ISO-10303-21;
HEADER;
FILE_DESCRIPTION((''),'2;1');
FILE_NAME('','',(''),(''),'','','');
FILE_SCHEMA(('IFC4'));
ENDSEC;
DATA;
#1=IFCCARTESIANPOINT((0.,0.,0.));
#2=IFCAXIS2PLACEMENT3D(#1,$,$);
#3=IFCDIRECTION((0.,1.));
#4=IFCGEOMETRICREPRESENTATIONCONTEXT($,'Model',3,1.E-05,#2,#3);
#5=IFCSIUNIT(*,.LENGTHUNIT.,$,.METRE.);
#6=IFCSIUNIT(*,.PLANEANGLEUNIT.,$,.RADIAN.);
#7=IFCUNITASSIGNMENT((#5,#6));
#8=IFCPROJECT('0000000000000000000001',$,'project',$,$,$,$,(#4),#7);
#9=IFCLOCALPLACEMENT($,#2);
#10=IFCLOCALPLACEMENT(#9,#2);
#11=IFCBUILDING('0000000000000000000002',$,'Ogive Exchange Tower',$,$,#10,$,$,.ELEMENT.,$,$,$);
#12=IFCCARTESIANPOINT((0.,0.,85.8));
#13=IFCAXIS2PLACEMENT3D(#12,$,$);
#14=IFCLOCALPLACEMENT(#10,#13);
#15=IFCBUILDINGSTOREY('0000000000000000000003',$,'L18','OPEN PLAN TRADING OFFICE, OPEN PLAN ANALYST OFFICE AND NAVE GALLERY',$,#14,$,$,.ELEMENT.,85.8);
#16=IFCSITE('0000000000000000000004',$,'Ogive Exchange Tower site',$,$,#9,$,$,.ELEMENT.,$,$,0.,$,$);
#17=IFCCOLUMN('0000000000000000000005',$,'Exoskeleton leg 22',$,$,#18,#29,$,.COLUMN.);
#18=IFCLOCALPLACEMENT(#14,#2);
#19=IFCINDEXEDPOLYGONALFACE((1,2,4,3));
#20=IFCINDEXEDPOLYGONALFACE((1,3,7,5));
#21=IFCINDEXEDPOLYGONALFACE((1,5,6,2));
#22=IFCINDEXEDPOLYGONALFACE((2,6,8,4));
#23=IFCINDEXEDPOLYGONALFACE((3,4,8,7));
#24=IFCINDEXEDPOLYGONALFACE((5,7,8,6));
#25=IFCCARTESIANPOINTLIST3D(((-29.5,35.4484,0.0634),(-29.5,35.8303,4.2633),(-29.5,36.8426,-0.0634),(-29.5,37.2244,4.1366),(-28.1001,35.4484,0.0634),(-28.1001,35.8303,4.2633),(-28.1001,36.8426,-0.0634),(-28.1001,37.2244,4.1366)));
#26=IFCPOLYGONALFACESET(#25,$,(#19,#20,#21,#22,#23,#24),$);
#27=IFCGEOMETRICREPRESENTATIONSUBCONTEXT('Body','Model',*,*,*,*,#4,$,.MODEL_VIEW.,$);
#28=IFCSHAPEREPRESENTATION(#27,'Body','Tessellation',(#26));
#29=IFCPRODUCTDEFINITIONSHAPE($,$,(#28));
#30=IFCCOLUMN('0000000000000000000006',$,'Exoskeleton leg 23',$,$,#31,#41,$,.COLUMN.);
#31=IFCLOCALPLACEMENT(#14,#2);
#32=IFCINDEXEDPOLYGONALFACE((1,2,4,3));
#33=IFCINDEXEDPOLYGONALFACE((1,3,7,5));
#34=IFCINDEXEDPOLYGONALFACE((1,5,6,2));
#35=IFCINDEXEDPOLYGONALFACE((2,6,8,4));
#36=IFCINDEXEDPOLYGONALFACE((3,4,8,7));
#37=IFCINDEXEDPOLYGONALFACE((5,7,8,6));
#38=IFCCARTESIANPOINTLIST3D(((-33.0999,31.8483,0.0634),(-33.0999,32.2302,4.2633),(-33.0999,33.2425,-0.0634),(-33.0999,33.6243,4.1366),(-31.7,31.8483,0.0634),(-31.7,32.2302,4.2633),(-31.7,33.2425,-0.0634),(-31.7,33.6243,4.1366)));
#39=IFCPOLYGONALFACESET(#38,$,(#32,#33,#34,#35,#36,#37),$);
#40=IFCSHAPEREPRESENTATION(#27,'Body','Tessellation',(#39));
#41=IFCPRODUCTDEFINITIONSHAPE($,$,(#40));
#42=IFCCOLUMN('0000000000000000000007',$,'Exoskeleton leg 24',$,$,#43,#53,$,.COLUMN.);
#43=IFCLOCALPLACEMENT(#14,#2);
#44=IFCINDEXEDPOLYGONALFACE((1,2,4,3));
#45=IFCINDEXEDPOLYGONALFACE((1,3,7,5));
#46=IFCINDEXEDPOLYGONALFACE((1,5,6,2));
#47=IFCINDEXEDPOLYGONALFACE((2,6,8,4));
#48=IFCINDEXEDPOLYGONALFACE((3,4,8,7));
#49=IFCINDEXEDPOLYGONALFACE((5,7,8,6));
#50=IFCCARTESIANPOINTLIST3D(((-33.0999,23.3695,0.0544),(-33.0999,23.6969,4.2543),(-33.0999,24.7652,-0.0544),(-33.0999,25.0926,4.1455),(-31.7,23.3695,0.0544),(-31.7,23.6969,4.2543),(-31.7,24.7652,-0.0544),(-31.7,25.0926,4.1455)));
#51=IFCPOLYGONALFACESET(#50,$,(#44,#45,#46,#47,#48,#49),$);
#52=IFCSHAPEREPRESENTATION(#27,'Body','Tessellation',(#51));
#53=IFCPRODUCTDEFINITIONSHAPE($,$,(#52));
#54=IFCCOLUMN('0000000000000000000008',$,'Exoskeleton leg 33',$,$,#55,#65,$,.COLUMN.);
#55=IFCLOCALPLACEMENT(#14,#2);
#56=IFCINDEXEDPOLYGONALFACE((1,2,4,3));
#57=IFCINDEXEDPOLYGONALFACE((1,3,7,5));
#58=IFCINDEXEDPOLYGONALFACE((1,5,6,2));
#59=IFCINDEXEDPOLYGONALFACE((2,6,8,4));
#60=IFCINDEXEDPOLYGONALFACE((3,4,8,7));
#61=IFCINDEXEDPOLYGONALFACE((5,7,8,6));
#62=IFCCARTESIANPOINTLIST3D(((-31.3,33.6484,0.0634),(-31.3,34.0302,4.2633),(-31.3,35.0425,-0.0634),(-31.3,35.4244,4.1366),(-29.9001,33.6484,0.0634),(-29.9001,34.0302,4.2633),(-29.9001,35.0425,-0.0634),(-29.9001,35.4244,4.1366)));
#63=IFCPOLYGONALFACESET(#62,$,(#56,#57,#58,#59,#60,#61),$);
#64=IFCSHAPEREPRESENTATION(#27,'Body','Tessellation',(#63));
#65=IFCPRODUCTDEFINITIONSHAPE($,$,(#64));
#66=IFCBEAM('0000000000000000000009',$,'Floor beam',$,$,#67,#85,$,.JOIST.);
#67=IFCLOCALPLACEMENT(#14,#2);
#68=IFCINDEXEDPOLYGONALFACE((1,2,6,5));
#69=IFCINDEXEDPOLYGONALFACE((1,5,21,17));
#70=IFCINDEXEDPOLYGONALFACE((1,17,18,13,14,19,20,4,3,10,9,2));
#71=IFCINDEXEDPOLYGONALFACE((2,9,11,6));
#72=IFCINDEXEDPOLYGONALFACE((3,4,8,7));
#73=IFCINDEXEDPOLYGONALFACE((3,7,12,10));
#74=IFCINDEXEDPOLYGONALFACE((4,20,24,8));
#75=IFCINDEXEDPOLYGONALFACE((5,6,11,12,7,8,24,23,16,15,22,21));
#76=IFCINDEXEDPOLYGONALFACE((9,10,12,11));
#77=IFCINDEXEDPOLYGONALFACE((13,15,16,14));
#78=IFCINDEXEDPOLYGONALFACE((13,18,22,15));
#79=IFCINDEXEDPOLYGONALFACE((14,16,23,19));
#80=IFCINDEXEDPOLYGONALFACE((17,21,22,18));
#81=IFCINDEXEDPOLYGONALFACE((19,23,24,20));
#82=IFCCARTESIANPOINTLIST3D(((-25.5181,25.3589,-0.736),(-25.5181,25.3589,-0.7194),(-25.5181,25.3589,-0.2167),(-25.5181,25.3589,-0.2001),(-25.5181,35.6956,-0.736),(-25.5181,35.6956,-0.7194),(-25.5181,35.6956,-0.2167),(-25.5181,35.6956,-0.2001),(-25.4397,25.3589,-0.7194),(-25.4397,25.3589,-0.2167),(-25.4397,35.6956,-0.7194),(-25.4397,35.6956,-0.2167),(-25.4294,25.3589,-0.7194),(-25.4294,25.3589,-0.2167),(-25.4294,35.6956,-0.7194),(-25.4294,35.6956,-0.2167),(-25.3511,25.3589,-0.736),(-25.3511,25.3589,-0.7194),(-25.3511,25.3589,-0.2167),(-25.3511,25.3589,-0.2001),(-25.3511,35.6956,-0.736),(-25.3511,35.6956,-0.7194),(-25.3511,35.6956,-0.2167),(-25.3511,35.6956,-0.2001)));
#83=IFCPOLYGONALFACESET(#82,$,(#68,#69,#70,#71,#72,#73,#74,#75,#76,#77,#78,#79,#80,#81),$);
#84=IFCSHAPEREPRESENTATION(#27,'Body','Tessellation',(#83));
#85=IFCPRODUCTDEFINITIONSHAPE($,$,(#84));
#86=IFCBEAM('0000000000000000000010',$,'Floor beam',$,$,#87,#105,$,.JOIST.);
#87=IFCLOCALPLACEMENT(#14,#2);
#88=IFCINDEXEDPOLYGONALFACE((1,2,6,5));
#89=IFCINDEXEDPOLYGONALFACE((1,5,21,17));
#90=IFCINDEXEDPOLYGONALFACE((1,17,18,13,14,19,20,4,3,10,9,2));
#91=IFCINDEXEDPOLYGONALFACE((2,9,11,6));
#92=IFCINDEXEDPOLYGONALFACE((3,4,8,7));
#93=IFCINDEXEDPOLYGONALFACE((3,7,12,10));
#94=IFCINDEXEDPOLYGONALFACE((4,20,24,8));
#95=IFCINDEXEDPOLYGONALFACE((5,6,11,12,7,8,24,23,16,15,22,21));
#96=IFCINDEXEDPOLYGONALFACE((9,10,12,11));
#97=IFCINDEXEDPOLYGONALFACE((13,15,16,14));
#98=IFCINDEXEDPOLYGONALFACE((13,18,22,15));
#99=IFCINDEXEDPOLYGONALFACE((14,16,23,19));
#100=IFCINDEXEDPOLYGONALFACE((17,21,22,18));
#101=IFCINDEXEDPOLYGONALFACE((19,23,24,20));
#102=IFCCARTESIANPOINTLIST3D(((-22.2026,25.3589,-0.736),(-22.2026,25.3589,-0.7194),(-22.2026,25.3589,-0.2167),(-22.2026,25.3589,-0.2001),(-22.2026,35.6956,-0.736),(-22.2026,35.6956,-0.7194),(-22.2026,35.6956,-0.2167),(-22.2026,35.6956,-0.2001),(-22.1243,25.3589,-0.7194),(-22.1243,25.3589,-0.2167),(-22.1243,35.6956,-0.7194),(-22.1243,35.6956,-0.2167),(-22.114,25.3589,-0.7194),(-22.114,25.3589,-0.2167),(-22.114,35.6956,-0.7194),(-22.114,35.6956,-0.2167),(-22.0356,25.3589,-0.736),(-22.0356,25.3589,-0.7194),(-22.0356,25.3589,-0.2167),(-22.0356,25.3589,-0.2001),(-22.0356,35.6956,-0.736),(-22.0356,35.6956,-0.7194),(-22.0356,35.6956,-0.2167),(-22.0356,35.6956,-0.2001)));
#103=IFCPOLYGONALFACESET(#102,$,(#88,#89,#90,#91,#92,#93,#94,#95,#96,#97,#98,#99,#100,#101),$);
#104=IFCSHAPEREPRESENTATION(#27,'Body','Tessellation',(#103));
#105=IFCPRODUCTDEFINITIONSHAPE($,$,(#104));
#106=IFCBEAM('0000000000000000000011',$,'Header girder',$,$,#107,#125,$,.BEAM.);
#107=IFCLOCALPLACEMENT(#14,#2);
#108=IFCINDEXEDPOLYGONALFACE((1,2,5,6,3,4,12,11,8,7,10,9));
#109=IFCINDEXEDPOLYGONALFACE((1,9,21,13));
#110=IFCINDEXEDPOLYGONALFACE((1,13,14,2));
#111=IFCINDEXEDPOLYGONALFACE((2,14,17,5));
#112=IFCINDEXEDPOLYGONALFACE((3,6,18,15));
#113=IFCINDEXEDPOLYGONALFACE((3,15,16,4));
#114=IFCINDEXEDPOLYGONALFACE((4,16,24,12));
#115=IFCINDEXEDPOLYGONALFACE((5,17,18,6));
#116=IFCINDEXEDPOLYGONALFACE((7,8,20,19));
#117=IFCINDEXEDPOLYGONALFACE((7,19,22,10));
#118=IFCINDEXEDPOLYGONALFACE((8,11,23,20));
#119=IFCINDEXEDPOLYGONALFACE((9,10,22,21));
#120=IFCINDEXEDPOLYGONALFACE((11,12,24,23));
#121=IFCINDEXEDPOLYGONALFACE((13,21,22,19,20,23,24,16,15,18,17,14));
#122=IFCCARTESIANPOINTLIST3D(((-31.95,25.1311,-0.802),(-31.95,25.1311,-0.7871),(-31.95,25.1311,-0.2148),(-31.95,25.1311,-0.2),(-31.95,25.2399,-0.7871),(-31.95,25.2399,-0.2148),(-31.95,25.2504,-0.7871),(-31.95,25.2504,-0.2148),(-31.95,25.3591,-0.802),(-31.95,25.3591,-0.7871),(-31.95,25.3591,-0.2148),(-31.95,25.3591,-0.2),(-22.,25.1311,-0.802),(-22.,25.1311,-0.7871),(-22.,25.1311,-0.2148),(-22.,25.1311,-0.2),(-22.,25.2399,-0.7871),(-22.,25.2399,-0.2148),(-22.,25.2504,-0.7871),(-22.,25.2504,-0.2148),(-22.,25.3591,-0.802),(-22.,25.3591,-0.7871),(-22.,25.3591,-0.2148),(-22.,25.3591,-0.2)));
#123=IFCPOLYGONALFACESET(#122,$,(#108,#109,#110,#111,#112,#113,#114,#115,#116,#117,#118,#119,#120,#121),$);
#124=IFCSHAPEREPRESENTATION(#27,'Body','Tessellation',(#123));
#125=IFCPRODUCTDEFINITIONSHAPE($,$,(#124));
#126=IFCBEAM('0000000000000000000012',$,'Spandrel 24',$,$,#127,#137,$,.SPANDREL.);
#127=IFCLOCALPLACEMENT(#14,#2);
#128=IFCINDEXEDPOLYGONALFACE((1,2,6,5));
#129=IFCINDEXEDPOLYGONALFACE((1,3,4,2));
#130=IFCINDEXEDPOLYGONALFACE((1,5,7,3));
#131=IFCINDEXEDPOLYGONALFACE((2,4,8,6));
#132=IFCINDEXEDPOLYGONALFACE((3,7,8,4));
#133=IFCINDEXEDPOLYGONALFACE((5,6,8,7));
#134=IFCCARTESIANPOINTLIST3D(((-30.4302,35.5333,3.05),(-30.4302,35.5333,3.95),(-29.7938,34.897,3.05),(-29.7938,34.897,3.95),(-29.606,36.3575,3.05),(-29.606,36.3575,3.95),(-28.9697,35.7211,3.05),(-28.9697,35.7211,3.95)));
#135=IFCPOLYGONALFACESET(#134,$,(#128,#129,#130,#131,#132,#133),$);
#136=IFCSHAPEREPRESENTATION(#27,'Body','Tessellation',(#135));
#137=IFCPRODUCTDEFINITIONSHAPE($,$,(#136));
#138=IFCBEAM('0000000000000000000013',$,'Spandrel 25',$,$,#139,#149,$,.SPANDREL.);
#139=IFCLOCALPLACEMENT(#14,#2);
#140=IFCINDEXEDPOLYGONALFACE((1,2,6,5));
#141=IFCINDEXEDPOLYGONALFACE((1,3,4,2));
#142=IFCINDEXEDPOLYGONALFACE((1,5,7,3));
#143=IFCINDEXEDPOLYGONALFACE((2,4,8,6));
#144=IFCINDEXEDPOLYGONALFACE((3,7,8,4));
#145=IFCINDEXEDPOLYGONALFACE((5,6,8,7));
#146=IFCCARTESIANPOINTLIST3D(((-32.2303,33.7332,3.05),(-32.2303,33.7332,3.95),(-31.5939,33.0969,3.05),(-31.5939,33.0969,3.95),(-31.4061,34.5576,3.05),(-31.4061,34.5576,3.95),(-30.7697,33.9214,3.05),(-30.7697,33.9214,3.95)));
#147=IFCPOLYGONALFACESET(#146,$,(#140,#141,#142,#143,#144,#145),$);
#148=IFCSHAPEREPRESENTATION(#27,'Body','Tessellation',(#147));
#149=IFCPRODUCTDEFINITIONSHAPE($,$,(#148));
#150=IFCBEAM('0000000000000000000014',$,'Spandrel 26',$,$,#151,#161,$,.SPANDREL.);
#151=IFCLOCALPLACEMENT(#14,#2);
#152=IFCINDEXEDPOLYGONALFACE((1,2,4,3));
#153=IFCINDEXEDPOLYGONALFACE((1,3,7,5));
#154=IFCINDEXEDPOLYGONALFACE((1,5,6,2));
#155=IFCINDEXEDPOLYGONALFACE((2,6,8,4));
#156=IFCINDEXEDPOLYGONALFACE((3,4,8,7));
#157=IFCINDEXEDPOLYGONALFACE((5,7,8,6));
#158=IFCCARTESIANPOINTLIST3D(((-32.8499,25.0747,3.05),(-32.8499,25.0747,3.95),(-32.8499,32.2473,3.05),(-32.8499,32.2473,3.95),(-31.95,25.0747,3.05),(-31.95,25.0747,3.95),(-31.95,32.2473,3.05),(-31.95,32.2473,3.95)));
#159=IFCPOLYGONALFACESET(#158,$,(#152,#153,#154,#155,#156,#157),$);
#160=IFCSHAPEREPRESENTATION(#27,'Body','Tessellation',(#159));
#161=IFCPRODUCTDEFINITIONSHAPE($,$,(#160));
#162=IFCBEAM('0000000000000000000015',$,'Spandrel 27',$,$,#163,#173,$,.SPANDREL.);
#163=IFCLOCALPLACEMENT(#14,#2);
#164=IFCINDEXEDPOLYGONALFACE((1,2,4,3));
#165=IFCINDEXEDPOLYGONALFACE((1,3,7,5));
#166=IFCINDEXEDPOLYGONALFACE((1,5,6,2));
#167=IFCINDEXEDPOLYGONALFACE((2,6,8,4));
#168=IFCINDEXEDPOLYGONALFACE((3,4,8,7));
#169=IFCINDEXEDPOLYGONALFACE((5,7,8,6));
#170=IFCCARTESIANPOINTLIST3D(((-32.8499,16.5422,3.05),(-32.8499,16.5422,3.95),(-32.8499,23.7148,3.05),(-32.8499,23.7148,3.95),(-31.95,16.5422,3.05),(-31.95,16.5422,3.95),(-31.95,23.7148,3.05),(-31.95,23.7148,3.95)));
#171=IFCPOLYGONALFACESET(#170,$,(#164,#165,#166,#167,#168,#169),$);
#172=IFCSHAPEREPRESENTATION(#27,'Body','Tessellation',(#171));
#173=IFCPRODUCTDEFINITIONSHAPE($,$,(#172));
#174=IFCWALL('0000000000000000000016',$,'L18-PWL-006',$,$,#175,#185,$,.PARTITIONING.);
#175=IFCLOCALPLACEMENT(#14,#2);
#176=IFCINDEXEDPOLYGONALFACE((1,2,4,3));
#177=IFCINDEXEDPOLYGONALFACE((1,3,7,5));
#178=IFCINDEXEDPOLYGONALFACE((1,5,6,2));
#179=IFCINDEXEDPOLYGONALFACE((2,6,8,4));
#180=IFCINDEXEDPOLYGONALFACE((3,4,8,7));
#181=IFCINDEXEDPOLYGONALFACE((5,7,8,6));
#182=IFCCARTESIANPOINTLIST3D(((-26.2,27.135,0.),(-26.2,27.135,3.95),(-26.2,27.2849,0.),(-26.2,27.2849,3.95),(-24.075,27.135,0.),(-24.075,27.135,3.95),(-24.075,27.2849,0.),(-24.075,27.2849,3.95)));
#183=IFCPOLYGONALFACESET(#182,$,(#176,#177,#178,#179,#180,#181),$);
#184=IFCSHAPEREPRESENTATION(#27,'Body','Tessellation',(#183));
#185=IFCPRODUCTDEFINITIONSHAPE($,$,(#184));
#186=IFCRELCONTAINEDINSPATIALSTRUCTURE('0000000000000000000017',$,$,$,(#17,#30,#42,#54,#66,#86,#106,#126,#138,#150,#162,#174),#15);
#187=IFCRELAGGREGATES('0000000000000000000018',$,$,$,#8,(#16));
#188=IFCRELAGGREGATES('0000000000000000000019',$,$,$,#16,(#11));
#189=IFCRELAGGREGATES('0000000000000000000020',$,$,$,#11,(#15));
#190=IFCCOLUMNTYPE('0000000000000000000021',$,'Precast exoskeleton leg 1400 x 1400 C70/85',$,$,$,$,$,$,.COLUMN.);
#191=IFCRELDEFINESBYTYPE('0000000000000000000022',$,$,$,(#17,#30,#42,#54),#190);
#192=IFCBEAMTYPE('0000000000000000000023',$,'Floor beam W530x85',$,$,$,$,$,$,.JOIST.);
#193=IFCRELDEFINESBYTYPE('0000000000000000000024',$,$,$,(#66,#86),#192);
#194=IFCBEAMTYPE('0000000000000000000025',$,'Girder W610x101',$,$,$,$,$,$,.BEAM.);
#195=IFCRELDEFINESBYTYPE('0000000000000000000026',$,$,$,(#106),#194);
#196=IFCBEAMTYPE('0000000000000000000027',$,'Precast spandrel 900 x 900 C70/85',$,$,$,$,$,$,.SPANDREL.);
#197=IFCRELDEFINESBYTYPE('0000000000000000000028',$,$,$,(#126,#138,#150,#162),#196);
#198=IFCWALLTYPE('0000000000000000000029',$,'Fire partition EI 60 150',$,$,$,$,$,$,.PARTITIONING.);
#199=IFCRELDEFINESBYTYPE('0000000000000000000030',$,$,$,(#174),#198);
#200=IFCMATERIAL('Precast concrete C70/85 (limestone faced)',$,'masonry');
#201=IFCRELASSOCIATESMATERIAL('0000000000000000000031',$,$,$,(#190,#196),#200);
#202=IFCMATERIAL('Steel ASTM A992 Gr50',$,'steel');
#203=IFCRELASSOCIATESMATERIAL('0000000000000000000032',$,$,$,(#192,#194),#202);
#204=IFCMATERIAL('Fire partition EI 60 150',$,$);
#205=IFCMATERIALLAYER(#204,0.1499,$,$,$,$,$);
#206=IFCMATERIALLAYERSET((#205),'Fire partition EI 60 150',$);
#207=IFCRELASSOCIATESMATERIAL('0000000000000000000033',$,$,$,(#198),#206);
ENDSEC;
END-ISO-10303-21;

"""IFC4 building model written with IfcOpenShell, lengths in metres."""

from ifc_helpers import new_model, si_unit, direction, frame, frame_2d, origin, origin_2d, place, context, subcontext, project, spatial, rectangle, i_section, extrude, material, layer, layer_set, material_profile, profile_set, type_object, element, save


model = new_model("IFC4")

# Units and contexts
model_context = context("Model", 3, precision=1e-05, world=origin(), true_north=direction((0.0, 1.0)))
body_context = subcontext(model_context, "Body", "Model", "MODEL_VIEW")
ifc_project = project(units=[si_unit("LENGTHUNIT", "METRE"), si_unit("PLANEANGLEUNIT", "RADIAN")], contexts=[model_context])

# Site, building, storey
site_placement = place(None, origin())
site = spatial("IfcSite", under=ifc_project, at=site_placement, Name="Ogive Exchange Tower site", CompositionType="ELEMENT", RefElevation=0.0)
building_placement = place(site_placement, origin())
building = spatial("IfcBuilding", under=site, at=building_placement, Name="Ogive Exchange Tower", CompositionType="ELEMENT")
storey_placement = place(building_placement, frame((0.0, 0.0, 85.8)))
storey = spatial("IfcBuildingStorey", under=building, at=storey_placement, Name="L18", Description="OPEN PLAN TRADING OFFICE, OPEN PLAN ANALYST OFFICE AND NAVE GALLERY", CompositionType="ELEMENT", Elevation=85.8)

# Columns
ifc_material_1 = material(Name="Precast concrete C70/85 (limestone faced)", Category="masonry")
ifc_material_profile_1 = material_profile(ifc_material_1, rectangle(XDim=1.3999, YDim=1.3999, at=origin_2d()), Name="1400 x 1400")
ifc_profile_set_1 = profile_set([ifc_material_profile_1], Name="Precast concrete C70/85 (limestone faced)")
column_type = type_object("IfcColumnType", Name="Precast exoskeleton leg 1400 x 1400 C70/85", PredefinedType="COLUMN", material=ifc_profile_set_1)
for number, where, z_axis, x_axis, name in (
    (1, (-28.8, 36.1455, 0.0), (0.0, 0.090541, 0.995893), (-1.0, 0.0, 0.0), "Exoskeleton leg 22"),
    (2, (-32.3999, 32.5454, 0.0), (0.0, 0.090541, 0.995893), (-1.0, 0.0, 0.0), "Exoskeleton leg 23"),
):
    element("IfcColumn", number, at=place(storey_placement, frame(where, z_axis=z_axis, x_axis=x_axis)), inside=storey, type_object=column_type, Name=name, PredefinedType="COLUMN", context=body_context, shape_type="SweptSolid", body=[
        extrude(rectangle(XDim=1.3999, YDim=1.3999, at=origin_2d()), origin(), (0.0, 0.0, 1.0), 4.2173),
    ])
column_1_placement = place(storey_placement, frame((-32.3999, 24.0674, 0.0), z_axis=(0.0, 0.077716, 0.996976), x_axis=(-1.0, 0.0, 0.0)))
element("IfcColumn", 3, at=column_1_placement, inside=storey, type_object=column_type, Name="Exoskeleton leg 24", PredefinedType="COLUMN", context=body_context, shape_type="SweptSolid", body=[
    extrude(rectangle(XDim=1.3999, YDim=1.3999, at=origin_2d()), origin(), (0.0, 0.0, 1.0), 4.2126),
])
column_2_placement = place(storey_placement, frame((-30.6001, 34.3455, 0.0), z_axis=(0.0, 0.090541, 0.995893), x_axis=(-1.0, 0.0, 0.0)))
element("IfcColumn", 4, at=column_2_placement, inside=storey, type_object=column_type, Name="Exoskeleton leg 33", PredefinedType="COLUMN", context=body_context, shape_type="SweptSolid", body=[
    extrude(rectangle(XDim=1.3999, YDim=1.3999, at=origin_2d()), origin(), (0.0, 0.0, 1.0), 4.2173),
])

# Beams
ifc_material_2 = material(Name="Steel ASTM A992 Gr50", Category="steel")
ifc_material_profile_2 = material_profile(ifc_material_2, i_section(OverallWidth=0.167, OverallDepth=0.5359, WebThickness=0.0103, FlangeThickness=0.0166, at=origin_2d()), Name="W530x85")
ifc_profile_set_2 = profile_set([ifc_material_profile_2], Name="Steel ASTM A992 Gr50")
beam_type_1 = type_object("IfcBeamType", Name="Floor beam W530x85", PredefinedType="JOIST", material=ifc_profile_set_2)
for number, where, z_axis, x_axis, name in (
    (5, (-25.4346, 25.3589, -0.468), (0.0, 1.0, 0.0), (-1.0, 0.0, 0.0), "Floor beam"),
    (6, (-22.1191, 25.3589, -0.468), (0.0, 1.0, 0.0), (-1.0, 0.0, 0.0), "Floor beam"),
):
    element("IfcBeam", number, at=place(storey_placement, frame(where, z_axis=z_axis, x_axis=x_axis)), inside=storey, type_object=beam_type_1, Name=name, PredefinedType="JOIST", context=body_context, shape_type="SweptSolid", body=[
        extrude(i_section(OverallWidth=0.167, OverallDepth=0.5359, WebThickness=0.0103, FlangeThickness=0.0166, at=origin_2d()), origin(), (0.0, 0.0, 1.0), 10.3367),
    ])
ifc_material_profile_3 = material_profile(ifc_material_2, i_section(OverallWidth=0.228, OverallDepth=0.6021, WebThickness=0.0105, FlangeThickness=0.0149, at=origin_2d()), Name="W610x101")
ifc_profile_set_3 = profile_set([ifc_material_profile_3], Name="Steel ASTM A992 Gr50")
beam_type_2 = type_object("IfcBeamType", Name="Girder W610x101", PredefinedType="BEAM", material=ifc_profile_set_3)
beam_1_placement = place(storey_placement, frame((-31.95, 25.2451, -0.501), z_axis=(1.0, 0.0, 0.0), x_axis=(0.0, 1.0, 0.0)))
element("IfcBeam", 7, at=beam_1_placement, inside=storey, type_object=beam_type_2, Name="Header girder", PredefinedType="BEAM", context=body_context, shape_type="SweptSolid", body=[
    extrude(i_section(OverallWidth=0.228, OverallDepth=0.6021, WebThickness=0.0105, FlangeThickness=0.0149, at=origin_2d()), origin(), (0.0, 0.0, 1.0), 9.95),
])
ifc_material_profile_4 = material_profile(ifc_material_1, rectangle(XDim=0.8999, YDim=0.8999, at=origin_2d()), Name="900 x 900")
ifc_profile_set_4 = profile_set([ifc_material_profile_4], Name="Precast concrete C70/85 (limestone faced)")
beam_type_3 = type_object("IfcBeamType", Name="Precast spandrel 900 x 900 C70/85", PredefinedType="SPANDREL", material=ifc_profile_set_4)
beam_2_placement = place(storey_placement, frame((-29.2878, 36.0393, 3.5), z_axis=(-0.707107, -0.707107, 0.0), x_axis=(0.707107, -0.707107, 0.0)))
element("IfcBeam", 8, at=beam_2_placement, inside=storey, type_object=beam_type_3, Name="Spandrel 24", PredefinedType="SPANDREL", context=body_context, shape_type="SweptSolid", body=[
    extrude(rectangle(XDim=0.8999, YDim=0.8999, at=origin_2d()), origin(), (0.0, 0.0, 1.0), 1.1655),
])
beam_3_placement = place(storey_placement, frame((-31.0879, 34.2395, 3.5), z_axis=(-0.707002, -0.707211, 0.0), x_axis=(0.707211, -0.707002, 0.0)))
element("IfcBeam", 9, at=beam_3_placement, inside=storey, type_object=beam_type_3, Name="Spandrel 25", PredefinedType="SPANDREL", context=body_context, shape_type="SweptSolid", body=[
    extrude(rectangle(XDim=0.8999, YDim=0.8999, at=origin_2d()), origin(), (0.0, 0.0, 1.0), 1.1658),
])
for number, where, z_axis, x_axis, name in (
    (10, (-32.3999, 32.2473, 3.5), (0.0, -1.0, 0.0), (1.0, 0.0, 0.0), "Spandrel 26"),
    (11, (-32.3999, 23.7148, 3.5), (0.0, -1.0, 0.0), (1.0, 0.0, 0.0), "Spandrel 27"),
):
    element("IfcBeam", number, at=place(storey_placement, frame(where, z_axis=z_axis, x_axis=x_axis)), inside=storey, type_object=beam_type_3, Name=name, PredefinedType="SPANDREL", context=body_context, shape_type="SweptSolid", body=[
        extrude(rectangle(XDim=0.8999, YDim=0.8999, at=origin_2d()), origin(), (0.0, 0.0, 1.0), 7.1726),
    ])

# Wall
ifc_material_3 = material(Name="Fire partition EI 60 150")
ifc_layer_1 = layer(ifc_material_3, 0.1499)
ifc_layer_set_1 = layer_set([ifc_layer_1], Name="Fire partition EI 60 150")
wall_type_1 = type_object("IfcWallType", Name="Fire partition EI 60 150", PredefinedType="PARTITIONING", material=ifc_layer_set_1)
wall_1_placement = place(storey_placement, frame((-24.075, 27.21, 0.0), z_axis=(0.0, 0.0, 1.0), x_axis=(-1.0, 0.0, 0.0)))
element("IfcWall", 12, at=wall_1_placement, inside=storey, type_object=wall_type_1, Name="L18-PWL-006", PredefinedType="PARTITIONING", context=body_context, shape_type="SweptSolid", body=[
    extrude(rectangle(XDim=2.125, YDim=0.1499, at=frame_2d((1.0625, 0.0))), origin(), (0.0, 0.0, 1.0), 3.95),
])

save(model, "model.ifc")
